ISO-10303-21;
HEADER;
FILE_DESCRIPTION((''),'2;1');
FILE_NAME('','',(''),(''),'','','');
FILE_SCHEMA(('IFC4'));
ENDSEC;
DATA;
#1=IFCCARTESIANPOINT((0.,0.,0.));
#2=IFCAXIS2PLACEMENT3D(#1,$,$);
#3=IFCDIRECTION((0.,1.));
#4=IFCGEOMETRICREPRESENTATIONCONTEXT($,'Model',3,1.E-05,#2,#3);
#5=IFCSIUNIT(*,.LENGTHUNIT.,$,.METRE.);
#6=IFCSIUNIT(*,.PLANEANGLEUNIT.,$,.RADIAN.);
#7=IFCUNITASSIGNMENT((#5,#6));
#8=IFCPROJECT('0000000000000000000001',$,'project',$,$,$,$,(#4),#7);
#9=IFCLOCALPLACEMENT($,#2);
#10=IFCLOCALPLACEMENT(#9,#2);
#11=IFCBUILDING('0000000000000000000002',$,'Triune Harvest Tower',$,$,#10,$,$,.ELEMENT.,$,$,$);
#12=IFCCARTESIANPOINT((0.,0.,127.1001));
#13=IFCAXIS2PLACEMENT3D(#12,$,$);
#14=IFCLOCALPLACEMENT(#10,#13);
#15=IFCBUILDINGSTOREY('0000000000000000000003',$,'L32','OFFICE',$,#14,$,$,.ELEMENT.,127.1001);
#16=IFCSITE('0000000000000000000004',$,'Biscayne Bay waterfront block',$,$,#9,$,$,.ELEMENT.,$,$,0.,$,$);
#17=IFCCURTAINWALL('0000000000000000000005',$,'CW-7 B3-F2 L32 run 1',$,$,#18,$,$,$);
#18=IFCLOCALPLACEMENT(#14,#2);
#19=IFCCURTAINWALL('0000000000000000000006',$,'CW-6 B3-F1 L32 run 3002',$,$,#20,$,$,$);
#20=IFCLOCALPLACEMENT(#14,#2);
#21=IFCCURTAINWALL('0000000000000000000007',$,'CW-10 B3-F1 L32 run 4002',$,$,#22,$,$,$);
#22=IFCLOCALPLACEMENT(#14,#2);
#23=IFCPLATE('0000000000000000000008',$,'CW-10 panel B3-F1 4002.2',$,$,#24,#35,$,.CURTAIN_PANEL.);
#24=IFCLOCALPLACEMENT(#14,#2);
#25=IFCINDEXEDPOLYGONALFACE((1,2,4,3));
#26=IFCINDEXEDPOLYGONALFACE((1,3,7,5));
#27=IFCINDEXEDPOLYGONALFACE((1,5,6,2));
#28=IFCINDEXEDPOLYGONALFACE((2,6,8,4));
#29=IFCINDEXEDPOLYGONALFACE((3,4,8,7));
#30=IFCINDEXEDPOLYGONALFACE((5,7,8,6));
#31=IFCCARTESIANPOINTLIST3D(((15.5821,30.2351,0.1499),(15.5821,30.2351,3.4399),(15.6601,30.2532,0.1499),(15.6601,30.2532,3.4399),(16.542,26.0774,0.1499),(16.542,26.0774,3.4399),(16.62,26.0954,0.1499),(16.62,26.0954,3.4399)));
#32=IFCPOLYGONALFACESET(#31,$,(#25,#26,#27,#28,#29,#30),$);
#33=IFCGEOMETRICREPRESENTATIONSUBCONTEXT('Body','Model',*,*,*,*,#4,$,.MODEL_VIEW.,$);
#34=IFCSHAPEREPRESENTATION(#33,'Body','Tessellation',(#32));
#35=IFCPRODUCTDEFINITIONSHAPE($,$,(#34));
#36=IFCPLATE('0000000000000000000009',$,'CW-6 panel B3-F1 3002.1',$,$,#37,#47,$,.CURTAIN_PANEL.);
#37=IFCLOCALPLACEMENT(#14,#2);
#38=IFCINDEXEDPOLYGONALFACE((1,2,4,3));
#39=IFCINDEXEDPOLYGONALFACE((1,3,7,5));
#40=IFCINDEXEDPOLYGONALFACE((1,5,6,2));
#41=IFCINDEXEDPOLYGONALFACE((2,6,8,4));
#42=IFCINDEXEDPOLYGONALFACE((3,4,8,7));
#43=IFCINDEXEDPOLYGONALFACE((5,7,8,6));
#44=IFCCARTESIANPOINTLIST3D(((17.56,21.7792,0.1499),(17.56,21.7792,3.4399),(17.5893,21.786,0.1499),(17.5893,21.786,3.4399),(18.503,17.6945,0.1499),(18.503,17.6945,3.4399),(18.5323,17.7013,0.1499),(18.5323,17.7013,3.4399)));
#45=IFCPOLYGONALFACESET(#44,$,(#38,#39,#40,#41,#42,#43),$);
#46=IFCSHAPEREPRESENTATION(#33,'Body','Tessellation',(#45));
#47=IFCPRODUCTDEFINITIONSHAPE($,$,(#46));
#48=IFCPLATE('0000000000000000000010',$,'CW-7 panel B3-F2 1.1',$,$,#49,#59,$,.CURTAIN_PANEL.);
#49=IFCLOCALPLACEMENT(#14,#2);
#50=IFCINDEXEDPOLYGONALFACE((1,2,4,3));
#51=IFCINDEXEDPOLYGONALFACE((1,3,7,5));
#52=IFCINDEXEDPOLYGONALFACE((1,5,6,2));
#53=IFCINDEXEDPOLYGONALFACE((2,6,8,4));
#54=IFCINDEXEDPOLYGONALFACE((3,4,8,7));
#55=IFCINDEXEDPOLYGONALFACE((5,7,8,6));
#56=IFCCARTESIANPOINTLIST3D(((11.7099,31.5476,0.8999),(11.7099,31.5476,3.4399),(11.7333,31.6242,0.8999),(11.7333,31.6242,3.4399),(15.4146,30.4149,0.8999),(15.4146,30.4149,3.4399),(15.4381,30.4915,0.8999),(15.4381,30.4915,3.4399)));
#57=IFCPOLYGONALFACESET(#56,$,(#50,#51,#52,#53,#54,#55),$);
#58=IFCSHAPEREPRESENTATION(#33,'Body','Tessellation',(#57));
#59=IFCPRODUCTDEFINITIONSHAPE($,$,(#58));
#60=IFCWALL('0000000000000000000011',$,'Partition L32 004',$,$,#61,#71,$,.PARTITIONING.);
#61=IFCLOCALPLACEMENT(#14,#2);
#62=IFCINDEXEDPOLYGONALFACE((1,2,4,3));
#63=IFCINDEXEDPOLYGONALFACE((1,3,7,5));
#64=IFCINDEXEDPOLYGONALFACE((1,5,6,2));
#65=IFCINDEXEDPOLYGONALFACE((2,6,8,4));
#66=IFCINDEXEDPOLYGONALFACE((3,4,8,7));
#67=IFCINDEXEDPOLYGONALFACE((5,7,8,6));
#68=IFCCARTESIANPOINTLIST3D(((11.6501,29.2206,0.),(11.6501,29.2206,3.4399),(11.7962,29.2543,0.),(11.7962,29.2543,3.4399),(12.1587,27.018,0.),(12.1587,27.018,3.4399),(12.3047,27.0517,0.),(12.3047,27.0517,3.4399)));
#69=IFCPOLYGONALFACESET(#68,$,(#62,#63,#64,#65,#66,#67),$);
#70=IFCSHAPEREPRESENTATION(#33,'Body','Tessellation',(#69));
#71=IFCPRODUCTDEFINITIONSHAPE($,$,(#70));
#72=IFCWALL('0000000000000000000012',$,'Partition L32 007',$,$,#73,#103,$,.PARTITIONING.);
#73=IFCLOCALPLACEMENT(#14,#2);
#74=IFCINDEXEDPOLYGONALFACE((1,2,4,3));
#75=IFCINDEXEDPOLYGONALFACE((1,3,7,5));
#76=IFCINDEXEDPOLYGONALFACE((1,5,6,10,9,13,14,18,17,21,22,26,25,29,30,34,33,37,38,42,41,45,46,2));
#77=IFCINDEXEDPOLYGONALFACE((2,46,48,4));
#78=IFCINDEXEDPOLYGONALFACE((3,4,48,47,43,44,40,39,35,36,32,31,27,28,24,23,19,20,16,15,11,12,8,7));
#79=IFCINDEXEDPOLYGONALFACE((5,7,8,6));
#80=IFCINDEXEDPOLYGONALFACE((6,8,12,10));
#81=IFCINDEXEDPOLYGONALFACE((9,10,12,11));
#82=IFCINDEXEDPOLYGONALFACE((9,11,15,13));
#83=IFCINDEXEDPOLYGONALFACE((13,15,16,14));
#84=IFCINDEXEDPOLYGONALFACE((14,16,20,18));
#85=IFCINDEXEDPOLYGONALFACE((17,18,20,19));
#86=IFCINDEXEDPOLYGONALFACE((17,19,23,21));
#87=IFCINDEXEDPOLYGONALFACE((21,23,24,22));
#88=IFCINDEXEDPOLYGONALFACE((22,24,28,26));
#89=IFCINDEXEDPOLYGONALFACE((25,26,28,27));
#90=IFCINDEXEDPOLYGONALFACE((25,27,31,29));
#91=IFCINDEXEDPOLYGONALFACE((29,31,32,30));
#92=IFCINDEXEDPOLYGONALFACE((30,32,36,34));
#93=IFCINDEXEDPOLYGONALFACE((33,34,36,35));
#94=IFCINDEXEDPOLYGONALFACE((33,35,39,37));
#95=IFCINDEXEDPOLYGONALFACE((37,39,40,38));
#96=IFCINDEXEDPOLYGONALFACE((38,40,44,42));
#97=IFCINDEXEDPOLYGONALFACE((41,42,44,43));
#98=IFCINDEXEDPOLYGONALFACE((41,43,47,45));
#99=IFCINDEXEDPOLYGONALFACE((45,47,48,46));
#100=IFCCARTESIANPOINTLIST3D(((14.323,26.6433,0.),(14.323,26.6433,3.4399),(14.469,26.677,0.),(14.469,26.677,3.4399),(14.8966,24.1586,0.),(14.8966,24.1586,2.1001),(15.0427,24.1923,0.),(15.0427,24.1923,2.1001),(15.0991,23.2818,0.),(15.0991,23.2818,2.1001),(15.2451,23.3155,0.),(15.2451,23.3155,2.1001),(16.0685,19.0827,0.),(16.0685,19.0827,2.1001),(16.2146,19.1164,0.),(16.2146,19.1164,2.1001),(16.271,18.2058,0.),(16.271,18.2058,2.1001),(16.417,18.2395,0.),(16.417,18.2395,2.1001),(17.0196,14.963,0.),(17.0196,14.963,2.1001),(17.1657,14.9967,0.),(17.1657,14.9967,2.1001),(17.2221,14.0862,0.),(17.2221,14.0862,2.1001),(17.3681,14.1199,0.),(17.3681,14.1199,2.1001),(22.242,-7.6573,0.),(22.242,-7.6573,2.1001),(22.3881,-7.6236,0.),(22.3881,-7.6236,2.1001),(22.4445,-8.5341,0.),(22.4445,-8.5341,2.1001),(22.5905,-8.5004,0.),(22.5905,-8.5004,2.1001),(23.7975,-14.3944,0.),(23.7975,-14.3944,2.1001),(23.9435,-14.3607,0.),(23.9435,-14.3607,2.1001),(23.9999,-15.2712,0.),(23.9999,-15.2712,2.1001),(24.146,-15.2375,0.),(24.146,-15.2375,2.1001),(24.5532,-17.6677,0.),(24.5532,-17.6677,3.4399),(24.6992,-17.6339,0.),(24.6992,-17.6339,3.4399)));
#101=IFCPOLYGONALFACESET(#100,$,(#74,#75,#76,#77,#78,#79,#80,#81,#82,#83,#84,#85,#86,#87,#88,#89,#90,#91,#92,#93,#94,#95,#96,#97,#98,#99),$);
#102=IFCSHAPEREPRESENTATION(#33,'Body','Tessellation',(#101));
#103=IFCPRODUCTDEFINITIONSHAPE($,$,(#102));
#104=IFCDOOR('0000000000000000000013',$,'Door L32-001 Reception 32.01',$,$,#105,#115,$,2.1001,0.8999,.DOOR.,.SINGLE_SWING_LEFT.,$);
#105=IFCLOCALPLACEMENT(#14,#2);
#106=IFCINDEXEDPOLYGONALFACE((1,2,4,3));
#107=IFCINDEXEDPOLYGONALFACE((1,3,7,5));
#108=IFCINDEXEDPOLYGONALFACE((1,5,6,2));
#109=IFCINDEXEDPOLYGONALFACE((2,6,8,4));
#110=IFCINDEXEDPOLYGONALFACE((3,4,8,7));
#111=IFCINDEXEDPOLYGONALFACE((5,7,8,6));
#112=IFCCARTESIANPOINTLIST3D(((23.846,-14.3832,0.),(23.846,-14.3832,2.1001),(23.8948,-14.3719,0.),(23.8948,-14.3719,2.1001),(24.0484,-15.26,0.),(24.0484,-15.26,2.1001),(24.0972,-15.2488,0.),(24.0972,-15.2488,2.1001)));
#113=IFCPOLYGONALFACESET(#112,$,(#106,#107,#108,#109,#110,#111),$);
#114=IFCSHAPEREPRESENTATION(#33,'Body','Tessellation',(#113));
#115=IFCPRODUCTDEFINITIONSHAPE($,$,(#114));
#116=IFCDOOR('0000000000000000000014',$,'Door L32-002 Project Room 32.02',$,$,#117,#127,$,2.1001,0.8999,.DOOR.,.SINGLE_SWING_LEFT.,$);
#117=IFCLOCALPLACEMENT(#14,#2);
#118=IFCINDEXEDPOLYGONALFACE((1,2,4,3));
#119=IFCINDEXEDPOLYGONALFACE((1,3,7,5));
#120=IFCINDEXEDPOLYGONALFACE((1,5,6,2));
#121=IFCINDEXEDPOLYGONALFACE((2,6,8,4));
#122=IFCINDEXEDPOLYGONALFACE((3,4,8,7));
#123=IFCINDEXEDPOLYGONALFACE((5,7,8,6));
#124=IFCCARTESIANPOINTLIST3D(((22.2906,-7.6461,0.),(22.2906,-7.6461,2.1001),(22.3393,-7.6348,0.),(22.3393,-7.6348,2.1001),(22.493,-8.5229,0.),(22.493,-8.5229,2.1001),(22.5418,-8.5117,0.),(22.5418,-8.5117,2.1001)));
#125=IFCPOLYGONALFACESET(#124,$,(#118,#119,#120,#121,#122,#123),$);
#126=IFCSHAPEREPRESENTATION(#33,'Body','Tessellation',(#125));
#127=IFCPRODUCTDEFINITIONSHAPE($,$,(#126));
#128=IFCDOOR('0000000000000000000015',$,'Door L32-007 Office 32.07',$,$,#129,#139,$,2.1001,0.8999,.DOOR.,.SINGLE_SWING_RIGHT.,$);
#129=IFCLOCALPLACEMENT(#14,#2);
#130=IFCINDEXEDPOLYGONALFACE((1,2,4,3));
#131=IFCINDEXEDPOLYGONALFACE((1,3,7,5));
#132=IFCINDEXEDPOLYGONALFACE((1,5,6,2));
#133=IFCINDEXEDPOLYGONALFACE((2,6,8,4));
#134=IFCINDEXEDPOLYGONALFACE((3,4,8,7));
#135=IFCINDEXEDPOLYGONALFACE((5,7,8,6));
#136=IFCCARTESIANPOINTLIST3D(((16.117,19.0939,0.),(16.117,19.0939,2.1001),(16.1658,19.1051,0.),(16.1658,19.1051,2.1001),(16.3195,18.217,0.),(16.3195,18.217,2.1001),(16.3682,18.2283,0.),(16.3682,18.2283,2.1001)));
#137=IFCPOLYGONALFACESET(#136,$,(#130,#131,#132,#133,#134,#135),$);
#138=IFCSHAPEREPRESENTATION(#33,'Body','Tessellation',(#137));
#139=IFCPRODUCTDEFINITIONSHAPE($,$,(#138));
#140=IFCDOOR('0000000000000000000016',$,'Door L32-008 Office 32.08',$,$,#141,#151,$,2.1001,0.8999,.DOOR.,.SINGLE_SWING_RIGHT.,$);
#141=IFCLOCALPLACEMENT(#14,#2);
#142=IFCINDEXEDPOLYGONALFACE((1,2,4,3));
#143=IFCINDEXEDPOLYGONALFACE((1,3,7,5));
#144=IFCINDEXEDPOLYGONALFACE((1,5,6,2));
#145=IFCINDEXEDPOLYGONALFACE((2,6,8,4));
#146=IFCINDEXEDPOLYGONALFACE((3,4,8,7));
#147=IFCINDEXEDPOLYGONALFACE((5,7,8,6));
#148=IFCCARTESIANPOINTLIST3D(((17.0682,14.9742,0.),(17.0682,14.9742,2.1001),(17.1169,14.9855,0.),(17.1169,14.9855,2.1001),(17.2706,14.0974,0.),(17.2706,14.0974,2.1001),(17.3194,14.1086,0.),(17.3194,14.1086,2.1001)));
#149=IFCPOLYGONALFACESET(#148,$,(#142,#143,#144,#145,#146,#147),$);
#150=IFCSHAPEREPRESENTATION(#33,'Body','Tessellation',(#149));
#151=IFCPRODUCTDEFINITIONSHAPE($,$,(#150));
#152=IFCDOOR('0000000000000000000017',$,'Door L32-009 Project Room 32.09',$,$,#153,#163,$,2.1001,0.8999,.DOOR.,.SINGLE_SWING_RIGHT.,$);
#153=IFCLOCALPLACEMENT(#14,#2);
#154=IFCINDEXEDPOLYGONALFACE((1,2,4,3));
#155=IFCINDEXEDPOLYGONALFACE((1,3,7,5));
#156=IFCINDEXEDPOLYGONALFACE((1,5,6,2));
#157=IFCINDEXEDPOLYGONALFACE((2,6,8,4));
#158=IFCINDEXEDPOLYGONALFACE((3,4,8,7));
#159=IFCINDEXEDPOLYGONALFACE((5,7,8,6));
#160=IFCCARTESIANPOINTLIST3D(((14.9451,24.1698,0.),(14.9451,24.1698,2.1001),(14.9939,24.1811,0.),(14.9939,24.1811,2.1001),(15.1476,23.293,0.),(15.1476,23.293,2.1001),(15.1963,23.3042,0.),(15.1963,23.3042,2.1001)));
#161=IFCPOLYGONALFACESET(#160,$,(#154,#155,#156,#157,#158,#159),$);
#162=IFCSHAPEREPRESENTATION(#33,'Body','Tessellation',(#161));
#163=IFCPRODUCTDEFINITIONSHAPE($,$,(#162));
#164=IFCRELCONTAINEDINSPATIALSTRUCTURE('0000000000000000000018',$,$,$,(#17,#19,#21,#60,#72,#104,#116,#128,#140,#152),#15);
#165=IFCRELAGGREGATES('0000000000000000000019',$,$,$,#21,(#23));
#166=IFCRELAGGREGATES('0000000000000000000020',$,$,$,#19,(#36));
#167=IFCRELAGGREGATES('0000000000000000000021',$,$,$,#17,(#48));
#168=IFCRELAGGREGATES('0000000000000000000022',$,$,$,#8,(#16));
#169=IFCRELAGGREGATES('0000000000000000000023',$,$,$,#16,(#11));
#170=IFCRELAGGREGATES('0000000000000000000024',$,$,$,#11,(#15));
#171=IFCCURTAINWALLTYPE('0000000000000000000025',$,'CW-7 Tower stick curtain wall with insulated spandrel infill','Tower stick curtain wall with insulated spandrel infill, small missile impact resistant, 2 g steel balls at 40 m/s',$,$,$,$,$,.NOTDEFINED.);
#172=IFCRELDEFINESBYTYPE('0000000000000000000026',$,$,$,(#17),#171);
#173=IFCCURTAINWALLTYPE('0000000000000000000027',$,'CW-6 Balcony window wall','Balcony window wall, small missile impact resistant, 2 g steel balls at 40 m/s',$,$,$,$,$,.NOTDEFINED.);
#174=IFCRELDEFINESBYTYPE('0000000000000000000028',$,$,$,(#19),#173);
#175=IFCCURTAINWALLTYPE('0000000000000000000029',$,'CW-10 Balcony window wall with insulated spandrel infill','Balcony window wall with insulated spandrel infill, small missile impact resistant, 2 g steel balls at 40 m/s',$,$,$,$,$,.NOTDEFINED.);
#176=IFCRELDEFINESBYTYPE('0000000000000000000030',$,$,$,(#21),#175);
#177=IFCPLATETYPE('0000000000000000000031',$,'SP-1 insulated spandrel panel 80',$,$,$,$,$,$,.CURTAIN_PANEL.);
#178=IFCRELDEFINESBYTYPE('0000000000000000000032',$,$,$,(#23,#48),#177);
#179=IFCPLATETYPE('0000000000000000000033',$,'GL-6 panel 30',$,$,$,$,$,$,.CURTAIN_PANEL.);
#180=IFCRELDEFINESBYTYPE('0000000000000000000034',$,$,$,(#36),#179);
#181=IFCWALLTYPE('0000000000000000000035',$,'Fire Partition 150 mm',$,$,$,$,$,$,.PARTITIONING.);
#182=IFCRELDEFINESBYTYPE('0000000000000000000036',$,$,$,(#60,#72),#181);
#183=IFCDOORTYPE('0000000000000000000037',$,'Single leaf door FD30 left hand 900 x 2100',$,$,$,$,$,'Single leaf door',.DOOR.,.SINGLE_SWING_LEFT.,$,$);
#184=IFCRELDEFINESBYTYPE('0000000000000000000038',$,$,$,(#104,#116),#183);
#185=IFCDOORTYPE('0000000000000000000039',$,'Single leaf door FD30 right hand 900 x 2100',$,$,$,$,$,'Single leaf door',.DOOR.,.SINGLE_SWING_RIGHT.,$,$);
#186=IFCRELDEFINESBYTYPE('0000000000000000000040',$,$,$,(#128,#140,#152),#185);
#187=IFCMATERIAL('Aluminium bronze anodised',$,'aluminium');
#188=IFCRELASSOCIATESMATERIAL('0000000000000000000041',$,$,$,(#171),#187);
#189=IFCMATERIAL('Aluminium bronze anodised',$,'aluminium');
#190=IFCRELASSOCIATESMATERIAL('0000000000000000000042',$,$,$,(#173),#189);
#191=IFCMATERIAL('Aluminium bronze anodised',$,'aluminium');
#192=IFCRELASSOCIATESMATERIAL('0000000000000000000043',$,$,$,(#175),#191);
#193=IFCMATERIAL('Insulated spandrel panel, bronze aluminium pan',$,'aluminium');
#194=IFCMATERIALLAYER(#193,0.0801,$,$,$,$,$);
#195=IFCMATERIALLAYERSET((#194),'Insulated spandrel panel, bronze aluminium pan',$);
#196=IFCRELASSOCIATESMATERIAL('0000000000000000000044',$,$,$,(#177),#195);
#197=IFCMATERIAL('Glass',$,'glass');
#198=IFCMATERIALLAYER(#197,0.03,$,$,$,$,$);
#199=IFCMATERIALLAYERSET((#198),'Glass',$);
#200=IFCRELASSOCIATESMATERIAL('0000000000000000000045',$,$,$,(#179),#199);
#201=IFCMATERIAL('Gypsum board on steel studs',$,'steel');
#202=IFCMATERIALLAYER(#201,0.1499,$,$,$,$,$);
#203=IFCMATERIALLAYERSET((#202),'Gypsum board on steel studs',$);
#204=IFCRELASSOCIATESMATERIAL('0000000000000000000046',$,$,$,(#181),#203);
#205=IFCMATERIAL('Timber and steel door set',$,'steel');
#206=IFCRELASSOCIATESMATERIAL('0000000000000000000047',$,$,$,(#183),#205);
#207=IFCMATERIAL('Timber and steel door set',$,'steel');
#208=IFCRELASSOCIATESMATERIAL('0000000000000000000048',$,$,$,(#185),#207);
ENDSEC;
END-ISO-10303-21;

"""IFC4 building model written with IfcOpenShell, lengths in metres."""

from ifc_helpers import new_model, si_unit, direction, frame, frame_2d, origin, origin_2d, place, context, subcontext, project, spatial, rectangle, extrude, source, transform, mapped, material, layer, layer_set, type_object, element, fill, aggregate, save


model = new_model("IFC4")

# Units and contexts
model_context = context("Model", 3, precision=1e-05, world=origin(), true_north=direction((0.0, 1.0)))
body_context = subcontext(model_context, "Body", "Model", "MODEL_VIEW")
ifc_project = project(units=[si_unit("LENGTHUNIT", "METRE"), si_unit("PLANEANGLEUNIT", "RADIAN")], contexts=[model_context])

# Site, building, storey
site_placement = place(None, origin())
site = spatial("IfcSite", under=ifc_project, at=site_placement, Name="Biscayne Bay waterfront block", CompositionType="ELEMENT", RefElevation=0.0)
building_placement = place(site_placement, origin())
building = spatial("IfcBuilding", under=site, at=building_placement, Name="Triune Harvest Tower", CompositionType="ELEMENT")
storey_placement = place(building_placement, frame((0.0, 0.0, 127.1001)))
storey = spatial("IfcBuildingStorey", under=building, at=storey_placement, Name="L32", Description="OFFICE", CompositionType="ELEMENT", Elevation=127.1001)

# Curtain wall
ifc_material_1 = material(Name="Aluminium bronze anodised", Category="aluminium")
curtain_wall_type_1 = type_object("IfcCurtainWallType", Name="CW-7 Tower stick curtain wall with insulated spandrel infill", Description="Tower stick curtain wall with insulated spandrel infill, small missile impact resistant, 2 g steel balls at 40 m/s", PredefinedType="NOTDEFINED", material=ifc_material_1)
curtain_wall_1_placement = place(storey_placement, origin())
curtain_wall_1 = element("IfcCurtainWall", 1, at=curtain_wall_1_placement, inside=storey, type_object=curtain_wall_type_1, Name="CW-7 B3-F2 L32 run 1")

# Curtain walls
ifc_material_2 = material(Name="Aluminium bronze anodised", Category="aluminium")
curtain_wall_type_2 = type_object("IfcCurtainWallType", Name="CW-6 Balcony window wall", Description="Balcony window wall, small missile impact resistant, 2 g steel balls at 40 m/s", PredefinedType="NOTDEFINED", material=ifc_material_2)
curtain_wall_2_placement = place(storey_placement, origin())
curtain_wall_2 = element("IfcCurtainWall", 2, at=curtain_wall_2_placement, inside=storey, type_object=curtain_wall_type_2, Name="CW-6 B3-F1 L32 run 3002")
ifc_material_3 = material(Name="Aluminium bronze anodised", Category="aluminium")
curtain_wall_type_3 = type_object("IfcCurtainWallType", Name="CW-10 Balcony window wall with insulated spandrel infill", Description="Balcony window wall with insulated spandrel infill, small missile impact resistant, 2 g steel balls at 40 m/s", PredefinedType="NOTDEFINED", material=ifc_material_3)
curtain_wall_3_placement = place(storey_placement, origin())
curtain_wall_3 = element("IfcCurtainWall", 3, at=curtain_wall_3_placement, inside=storey, type_object=curtain_wall_type_3, Name="CW-10 B3-F1 L32 run 4002")

# Plates
ifc_material_4 = material(Name="Insulated spandrel panel, bronze aluminium pan", Category="aluminium")
ifc_layer_1 = layer(ifc_material_4, 0.0801)
ifc_layer_set_1 = layer_set([ifc_layer_1], Name="Insulated spandrel panel, bronze aluminium pan")
plate_type_1 = type_object("IfcPlateType", Name="SP-1 insulated spandrel panel 80", PredefinedType="CURTAIN_PANEL", material=ifc_layer_set_1)
shared_shape_1 = source(origin(), body_context, "Body", "SweptSolid", [
    extrude(rectangle(XDim=4.2671, YDim=0.0801, at=origin_2d()), origin(), (0.0, 0.0, 1.0), 3.29),
])
plate_1_placement = place(storey_placement, frame((16.1011, 28.1653, 0.1499), z_axis=(0.0, 0.0, 1.0), x_axis=(-0.224955, 0.974369, 0.0)))
plate_1 = element("IfcPlate", 4, at=plate_1_placement, type_object=plate_type_1, Name="CW-10 panel B3-F1 4002.2", PredefinedType="CURTAIN_PANEL", context=body_context, shape_type="MappedRepresentation", body=[
    mapped(shared_shape_1, transform((0.0, 0.0, 0.0), scale=1.0)),
])
aggregate(curtain_wall_3, [plate_1])
ifc_material_5 = material(Name="Glass", Category="glass")
ifc_layer_2 = layer(ifc_material_5, 0.03)
ifc_layer_set_2 = layer_set([ifc_layer_2], Name="Glass")
plate_type_2 = type_object("IfcPlateType", Name="GL-6 panel 30", PredefinedType="CURTAIN_PANEL", material=ifc_layer_set_2)
shared_shape_2 = source(origin(), body_context, "Body", "SweptSolid", [
    extrude(rectangle(XDim=4.1921, YDim=0.03, at=origin_2d()), origin(), (0.0, 0.0, 1.0), 3.29),
])
plate_2_placement = place(storey_placement, frame((18.0461, 19.7402, 0.1499), z_axis=(0.0, 0.0, 1.0), x_axis=(-0.224939, 0.974373, 0.0)))
plate_2 = element("IfcPlate", 5, at=plate_2_placement, type_object=plate_type_2, Name="CW-6 panel B3-F1 3002.1", PredefinedType="CURTAIN_PANEL", context=body_context, shape_type="MappedRepresentation", body=[
    mapped(shared_shape_2, transform((0.0, 0.0, 0.0), scale=1.0)),
])
aggregate(curtain_wall_2, [plate_2])
shared_shape_3 = source(origin(), body_context, "Body", "SweptSolid", [
    extrude(rectangle(XDim=3.874, YDim=0.0801, at=origin_2d()), origin(), (0.0, 0.0, 1.0), 2.54),
])
plate_3_placement = place(storey_placement, frame((13.574, 31.0195, 0.8999), z_axis=(0.0, 0.0, 1.0), x_axis=(-0.956303, 0.292377, 0.0)))
plate_3 = element("IfcPlate", 6, at=plate_3_placement, type_object=plate_type_1, Name="CW-7 panel B3-F2 1.1", PredefinedType="CURTAIN_PANEL", context=body_context, shape_type="MappedRepresentation", body=[
    mapped(shared_shape_3, transform((0.0, 0.0, 0.0), scale=1.0)),
])
aggregate(curtain_wall_1, [plate_3])

# Wall
ifc_material_6 = material(Name="Gypsum board on steel studs", Category="steel")
ifc_layer_3 = layer(ifc_material_6, 0.1499)
ifc_layer_set_3 = layer_set([ifc_layer_3], Name="Gypsum board on steel studs")
wall_type = type_object("IfcWallType", Name="Fire Partition 150 mm", PredefinedType="PARTITIONING", material=ifc_layer_set_3)
wall_1_placement = place(storey_placement, frame((11.7231, 29.2375, 0.0), z_axis=(0.0, 0.0, 1.0), x_axis=(0.224962, -0.974368, 0.0)))
element("IfcWall", 7, at=wall_1_placement, inside=storey, type_object=wall_type, Name="Partition L32 004", PredefinedType="PARTITIONING", context=body_context, shape_type="SweptSolid", body=[
    extrude(rectangle(XDim=2.2605, YDim=0.1499, at=frame_2d((1.1304, 0.0))), origin(), (0.0, 0.0, 1.0), 3.4399),
])

# Wall, openings, doors
wall_2_placement = place(storey_placement, frame((14.396, 26.6602, 0.0), z_axis=(0.0, 0.0, 1.0), x_axis=(0.224956, -0.974369, 0.0)))
wall_2 = element("IfcWall", 8, at=wall_2_placement, inside=storey, type_object=wall_type, Name="Partition L32 007", PredefinedType="PARTITIONING", context=body_context, shape_type="SweptSolid", body=[
    extrude(rectangle(XDim=45.4766, YDim=0.1499, at=frame_2d((22.7383, 0.0))), origin(), (0.0, 0.0, 1.0), 3.4399),
])
opening_1_placement = place(wall_2_placement, frame((42.1172, 0.0, 0.0)))
opening_1 = element("IfcOpeningElement", 9, at=opening_1_placement, cuts=wall_2, PredefinedType="OPENING", context=body_context, shape_type="SweptSolid", body=[
    extrude(rectangle(XDim=0.8999, YDim=2.1001, at=frame_2d((0.45, 1.05))), frame((0.0, 0.085, 0.0), z_axis=(0.0, -1.0, 0.0), x_axis=(1.0, 0.0, 0.0)), (0.0, 0.0, 1.0), 0.1699),
])
opening_2_placement = place(wall_2_placement, frame((35.2029, 0.0, 0.0)))
opening_2 = element("IfcOpeningElement", 10, at=opening_2_placement, cuts=wall_2, PredefinedType="OPENING", context=body_context, shape_type="SweptSolid", body=[
    extrude(rectangle(XDim=0.8999, YDim=2.1001, at=frame_2d((0.45, 1.05))), frame((0.0, 0.085, 0.0), z_axis=(0.0, -1.0, 0.0), x_axis=(1.0, 0.0, 0.0)), (0.0, 0.0, 1.0), 0.1699),
])
opening_3_placement = place(wall_2_placement, frame((7.7595, 0.0, 0.0)))
opening_3 = element("IfcOpeningElement", 11, at=opening_3_placement, cuts=wall_2, PredefinedType="OPENING", context=body_context, shape_type="SweptSolid", body=[
    extrude(rectangle(XDim=0.8999, YDim=2.1001, at=frame_2d((0.45, 1.05))), frame((0.0, 0.085, 0.0), z_axis=(0.0, -1.0, 0.0), x_axis=(1.0, 0.0, 0.0)), (0.0, 0.0, 1.0), 0.1699),
])
opening_4_placement = place(wall_2_placement, frame((11.9875, 0.0, 0.0)))
opening_4 = element("IfcOpeningElement", 12, at=opening_4_placement, cuts=wall_2, PredefinedType="OPENING", context=body_context, shape_type="SweptSolid", body=[
    extrude(rectangle(XDim=0.8999, YDim=2.1001, at=frame_2d((0.45, 1.05))), frame((0.0, 0.085, 0.0), z_axis=(0.0, -1.0, 0.0), x_axis=(1.0, 0.0, 0.0)), (0.0, 0.0, 1.0), 0.1699),
])
opening_5_placement = place(wall_2_placement, frame((2.55, 0.0, 0.0)))
opening_5 = element("IfcOpeningElement", 13, at=opening_5_placement, cuts=wall_2, PredefinedType="OPENING", context=body_context, shape_type="SweptSolid", body=[
    extrude(rectangle(XDim=0.8999, YDim=2.1001, at=frame_2d((0.45, 1.05))), frame((0.0, 0.085, 0.0), z_axis=(0.0, -1.0, 0.0), x_axis=(1.0, 0.0, 0.0)), (0.0, 0.0, 1.0), 0.1699),
])
ifc_material_7 = material(Name="Timber and steel door set", Category="steel")
door_type_1 = type_object("IfcDoorType", Name="Single leaf door FD30 left hand 900 x 2100", ElementType="Single leaf door", OperationType="SINGLE_SWING_LEFT", PredefinedType="DOOR", material=ifc_material_7)
door_1_placement = place(opening_1_placement, origin())
door_1 = element("IfcDoor", 14, at=door_1_placement, inside=storey, type_object=door_type_1, Name="Door L32-001 Reception 32.01", OperationType="SINGLE_SWING_LEFT", OverallHeight=2.1001, OverallWidth=0.8999, PredefinedType="DOOR", context=body_context, shape_type="SweptSolid", body=[
    extrude(rectangle(XDim=0.8999, YDim=2.1001, at=frame_2d((0.45, 1.05))), frame((0.0, 0.0249, 0.0), z_axis=(0.0, -1.0, 0.0), x_axis=(1.0, 0.0, 0.0)), (0.0, 0.0, 1.0), 0.05),
])
fill(opening_1, door_1)
door_2_placement = place(opening_2_placement, origin())
door_2 = element("IfcDoor", 15, at=door_2_placement, inside=storey, type_object=door_type_1, Name="Door L32-002 Project Room 32.02", OperationType="SINGLE_SWING_LEFT", OverallHeight=2.1001, OverallWidth=0.8999, PredefinedType="DOOR", context=body_context, shape_type="SweptSolid", body=[
    extrude(rectangle(XDim=0.8999, YDim=2.1001, at=frame_2d((0.45, 1.05))), frame((0.0, 0.0249, 0.0), z_axis=(0.0, -1.0, 0.0), x_axis=(1.0, 0.0, 0.0)), (0.0, 0.0, 1.0), 0.05),
])
fill(opening_2, door_2)
ifc_material_8 = material(Name="Timber and steel door set", Category="steel")
door_type_2 = type_object("IfcDoorType", Name="Single leaf door FD30 right hand 900 x 2100", ElementType="Single leaf door", OperationType="SINGLE_SWING_RIGHT", PredefinedType="DOOR", material=ifc_material_8)
door_3_placement = place(opening_3_placement, origin())
door_3 = element("IfcDoor", 16, at=door_3_placement, inside=storey, type_object=door_type_2, Name="Door L32-007 Office 32.07", OperationType="SINGLE_SWING_RIGHT", OverallHeight=2.1001, OverallWidth=0.8999, PredefinedType="DOOR", context=body_context, shape_type="SweptSolid", body=[
    extrude(rectangle(XDim=0.8999, YDim=2.1001, at=frame_2d((0.45, 1.05))), frame((0.0, 0.0249, 0.0), z_axis=(0.0, -1.0, 0.0), x_axis=(1.0, 0.0, 0.0)), (0.0, 0.0, 1.0), 0.05),
])
fill(opening_3, door_3)
door_4_placement = place(opening_4_placement, origin())
door_4 = element("IfcDoor", 17, at=door_4_placement, inside=storey, type_object=door_type_2, Name="Door L32-008 Office 32.08", OperationType="SINGLE_SWING_RIGHT", OverallHeight=2.1001, OverallWidth=0.8999, PredefinedType="DOOR", context=body_context, shape_type="SweptSolid", body=[
    extrude(rectangle(XDim=0.8999, YDim=2.1001, at=frame_2d((0.45, 1.05))), frame((0.0, 0.0249, 0.0), z_axis=(0.0, -1.0, 0.0), x_axis=(1.0, 0.0, 0.0)), (0.0, 0.0, 1.0), 0.05),
])
fill(opening_4, door_4)
door_5_placement = place(opening_5_placement, origin())
door_5 = element("IfcDoor", 18, at=door_5_placement, inside=storey, type_object=door_type_2, Name="Door L32-009 Project Room 32.09", OperationType="SINGLE_SWING_RIGHT", OverallHeight=2.1001, OverallWidth=0.8999, PredefinedType="DOOR", context=body_context, shape_type="SweptSolid", body=[
    extrude(rectangle(XDim=0.8999, YDim=2.1001, at=frame_2d((0.45, 1.05))), frame((0.0, 0.0249, 0.0), z_axis=(0.0, -1.0, 0.0), x_axis=(1.0, 0.0, 0.0)), (0.0, 0.0, 1.0), 0.05),
])
fill(opening_5, door_5)

save(model, "model.ifc")
